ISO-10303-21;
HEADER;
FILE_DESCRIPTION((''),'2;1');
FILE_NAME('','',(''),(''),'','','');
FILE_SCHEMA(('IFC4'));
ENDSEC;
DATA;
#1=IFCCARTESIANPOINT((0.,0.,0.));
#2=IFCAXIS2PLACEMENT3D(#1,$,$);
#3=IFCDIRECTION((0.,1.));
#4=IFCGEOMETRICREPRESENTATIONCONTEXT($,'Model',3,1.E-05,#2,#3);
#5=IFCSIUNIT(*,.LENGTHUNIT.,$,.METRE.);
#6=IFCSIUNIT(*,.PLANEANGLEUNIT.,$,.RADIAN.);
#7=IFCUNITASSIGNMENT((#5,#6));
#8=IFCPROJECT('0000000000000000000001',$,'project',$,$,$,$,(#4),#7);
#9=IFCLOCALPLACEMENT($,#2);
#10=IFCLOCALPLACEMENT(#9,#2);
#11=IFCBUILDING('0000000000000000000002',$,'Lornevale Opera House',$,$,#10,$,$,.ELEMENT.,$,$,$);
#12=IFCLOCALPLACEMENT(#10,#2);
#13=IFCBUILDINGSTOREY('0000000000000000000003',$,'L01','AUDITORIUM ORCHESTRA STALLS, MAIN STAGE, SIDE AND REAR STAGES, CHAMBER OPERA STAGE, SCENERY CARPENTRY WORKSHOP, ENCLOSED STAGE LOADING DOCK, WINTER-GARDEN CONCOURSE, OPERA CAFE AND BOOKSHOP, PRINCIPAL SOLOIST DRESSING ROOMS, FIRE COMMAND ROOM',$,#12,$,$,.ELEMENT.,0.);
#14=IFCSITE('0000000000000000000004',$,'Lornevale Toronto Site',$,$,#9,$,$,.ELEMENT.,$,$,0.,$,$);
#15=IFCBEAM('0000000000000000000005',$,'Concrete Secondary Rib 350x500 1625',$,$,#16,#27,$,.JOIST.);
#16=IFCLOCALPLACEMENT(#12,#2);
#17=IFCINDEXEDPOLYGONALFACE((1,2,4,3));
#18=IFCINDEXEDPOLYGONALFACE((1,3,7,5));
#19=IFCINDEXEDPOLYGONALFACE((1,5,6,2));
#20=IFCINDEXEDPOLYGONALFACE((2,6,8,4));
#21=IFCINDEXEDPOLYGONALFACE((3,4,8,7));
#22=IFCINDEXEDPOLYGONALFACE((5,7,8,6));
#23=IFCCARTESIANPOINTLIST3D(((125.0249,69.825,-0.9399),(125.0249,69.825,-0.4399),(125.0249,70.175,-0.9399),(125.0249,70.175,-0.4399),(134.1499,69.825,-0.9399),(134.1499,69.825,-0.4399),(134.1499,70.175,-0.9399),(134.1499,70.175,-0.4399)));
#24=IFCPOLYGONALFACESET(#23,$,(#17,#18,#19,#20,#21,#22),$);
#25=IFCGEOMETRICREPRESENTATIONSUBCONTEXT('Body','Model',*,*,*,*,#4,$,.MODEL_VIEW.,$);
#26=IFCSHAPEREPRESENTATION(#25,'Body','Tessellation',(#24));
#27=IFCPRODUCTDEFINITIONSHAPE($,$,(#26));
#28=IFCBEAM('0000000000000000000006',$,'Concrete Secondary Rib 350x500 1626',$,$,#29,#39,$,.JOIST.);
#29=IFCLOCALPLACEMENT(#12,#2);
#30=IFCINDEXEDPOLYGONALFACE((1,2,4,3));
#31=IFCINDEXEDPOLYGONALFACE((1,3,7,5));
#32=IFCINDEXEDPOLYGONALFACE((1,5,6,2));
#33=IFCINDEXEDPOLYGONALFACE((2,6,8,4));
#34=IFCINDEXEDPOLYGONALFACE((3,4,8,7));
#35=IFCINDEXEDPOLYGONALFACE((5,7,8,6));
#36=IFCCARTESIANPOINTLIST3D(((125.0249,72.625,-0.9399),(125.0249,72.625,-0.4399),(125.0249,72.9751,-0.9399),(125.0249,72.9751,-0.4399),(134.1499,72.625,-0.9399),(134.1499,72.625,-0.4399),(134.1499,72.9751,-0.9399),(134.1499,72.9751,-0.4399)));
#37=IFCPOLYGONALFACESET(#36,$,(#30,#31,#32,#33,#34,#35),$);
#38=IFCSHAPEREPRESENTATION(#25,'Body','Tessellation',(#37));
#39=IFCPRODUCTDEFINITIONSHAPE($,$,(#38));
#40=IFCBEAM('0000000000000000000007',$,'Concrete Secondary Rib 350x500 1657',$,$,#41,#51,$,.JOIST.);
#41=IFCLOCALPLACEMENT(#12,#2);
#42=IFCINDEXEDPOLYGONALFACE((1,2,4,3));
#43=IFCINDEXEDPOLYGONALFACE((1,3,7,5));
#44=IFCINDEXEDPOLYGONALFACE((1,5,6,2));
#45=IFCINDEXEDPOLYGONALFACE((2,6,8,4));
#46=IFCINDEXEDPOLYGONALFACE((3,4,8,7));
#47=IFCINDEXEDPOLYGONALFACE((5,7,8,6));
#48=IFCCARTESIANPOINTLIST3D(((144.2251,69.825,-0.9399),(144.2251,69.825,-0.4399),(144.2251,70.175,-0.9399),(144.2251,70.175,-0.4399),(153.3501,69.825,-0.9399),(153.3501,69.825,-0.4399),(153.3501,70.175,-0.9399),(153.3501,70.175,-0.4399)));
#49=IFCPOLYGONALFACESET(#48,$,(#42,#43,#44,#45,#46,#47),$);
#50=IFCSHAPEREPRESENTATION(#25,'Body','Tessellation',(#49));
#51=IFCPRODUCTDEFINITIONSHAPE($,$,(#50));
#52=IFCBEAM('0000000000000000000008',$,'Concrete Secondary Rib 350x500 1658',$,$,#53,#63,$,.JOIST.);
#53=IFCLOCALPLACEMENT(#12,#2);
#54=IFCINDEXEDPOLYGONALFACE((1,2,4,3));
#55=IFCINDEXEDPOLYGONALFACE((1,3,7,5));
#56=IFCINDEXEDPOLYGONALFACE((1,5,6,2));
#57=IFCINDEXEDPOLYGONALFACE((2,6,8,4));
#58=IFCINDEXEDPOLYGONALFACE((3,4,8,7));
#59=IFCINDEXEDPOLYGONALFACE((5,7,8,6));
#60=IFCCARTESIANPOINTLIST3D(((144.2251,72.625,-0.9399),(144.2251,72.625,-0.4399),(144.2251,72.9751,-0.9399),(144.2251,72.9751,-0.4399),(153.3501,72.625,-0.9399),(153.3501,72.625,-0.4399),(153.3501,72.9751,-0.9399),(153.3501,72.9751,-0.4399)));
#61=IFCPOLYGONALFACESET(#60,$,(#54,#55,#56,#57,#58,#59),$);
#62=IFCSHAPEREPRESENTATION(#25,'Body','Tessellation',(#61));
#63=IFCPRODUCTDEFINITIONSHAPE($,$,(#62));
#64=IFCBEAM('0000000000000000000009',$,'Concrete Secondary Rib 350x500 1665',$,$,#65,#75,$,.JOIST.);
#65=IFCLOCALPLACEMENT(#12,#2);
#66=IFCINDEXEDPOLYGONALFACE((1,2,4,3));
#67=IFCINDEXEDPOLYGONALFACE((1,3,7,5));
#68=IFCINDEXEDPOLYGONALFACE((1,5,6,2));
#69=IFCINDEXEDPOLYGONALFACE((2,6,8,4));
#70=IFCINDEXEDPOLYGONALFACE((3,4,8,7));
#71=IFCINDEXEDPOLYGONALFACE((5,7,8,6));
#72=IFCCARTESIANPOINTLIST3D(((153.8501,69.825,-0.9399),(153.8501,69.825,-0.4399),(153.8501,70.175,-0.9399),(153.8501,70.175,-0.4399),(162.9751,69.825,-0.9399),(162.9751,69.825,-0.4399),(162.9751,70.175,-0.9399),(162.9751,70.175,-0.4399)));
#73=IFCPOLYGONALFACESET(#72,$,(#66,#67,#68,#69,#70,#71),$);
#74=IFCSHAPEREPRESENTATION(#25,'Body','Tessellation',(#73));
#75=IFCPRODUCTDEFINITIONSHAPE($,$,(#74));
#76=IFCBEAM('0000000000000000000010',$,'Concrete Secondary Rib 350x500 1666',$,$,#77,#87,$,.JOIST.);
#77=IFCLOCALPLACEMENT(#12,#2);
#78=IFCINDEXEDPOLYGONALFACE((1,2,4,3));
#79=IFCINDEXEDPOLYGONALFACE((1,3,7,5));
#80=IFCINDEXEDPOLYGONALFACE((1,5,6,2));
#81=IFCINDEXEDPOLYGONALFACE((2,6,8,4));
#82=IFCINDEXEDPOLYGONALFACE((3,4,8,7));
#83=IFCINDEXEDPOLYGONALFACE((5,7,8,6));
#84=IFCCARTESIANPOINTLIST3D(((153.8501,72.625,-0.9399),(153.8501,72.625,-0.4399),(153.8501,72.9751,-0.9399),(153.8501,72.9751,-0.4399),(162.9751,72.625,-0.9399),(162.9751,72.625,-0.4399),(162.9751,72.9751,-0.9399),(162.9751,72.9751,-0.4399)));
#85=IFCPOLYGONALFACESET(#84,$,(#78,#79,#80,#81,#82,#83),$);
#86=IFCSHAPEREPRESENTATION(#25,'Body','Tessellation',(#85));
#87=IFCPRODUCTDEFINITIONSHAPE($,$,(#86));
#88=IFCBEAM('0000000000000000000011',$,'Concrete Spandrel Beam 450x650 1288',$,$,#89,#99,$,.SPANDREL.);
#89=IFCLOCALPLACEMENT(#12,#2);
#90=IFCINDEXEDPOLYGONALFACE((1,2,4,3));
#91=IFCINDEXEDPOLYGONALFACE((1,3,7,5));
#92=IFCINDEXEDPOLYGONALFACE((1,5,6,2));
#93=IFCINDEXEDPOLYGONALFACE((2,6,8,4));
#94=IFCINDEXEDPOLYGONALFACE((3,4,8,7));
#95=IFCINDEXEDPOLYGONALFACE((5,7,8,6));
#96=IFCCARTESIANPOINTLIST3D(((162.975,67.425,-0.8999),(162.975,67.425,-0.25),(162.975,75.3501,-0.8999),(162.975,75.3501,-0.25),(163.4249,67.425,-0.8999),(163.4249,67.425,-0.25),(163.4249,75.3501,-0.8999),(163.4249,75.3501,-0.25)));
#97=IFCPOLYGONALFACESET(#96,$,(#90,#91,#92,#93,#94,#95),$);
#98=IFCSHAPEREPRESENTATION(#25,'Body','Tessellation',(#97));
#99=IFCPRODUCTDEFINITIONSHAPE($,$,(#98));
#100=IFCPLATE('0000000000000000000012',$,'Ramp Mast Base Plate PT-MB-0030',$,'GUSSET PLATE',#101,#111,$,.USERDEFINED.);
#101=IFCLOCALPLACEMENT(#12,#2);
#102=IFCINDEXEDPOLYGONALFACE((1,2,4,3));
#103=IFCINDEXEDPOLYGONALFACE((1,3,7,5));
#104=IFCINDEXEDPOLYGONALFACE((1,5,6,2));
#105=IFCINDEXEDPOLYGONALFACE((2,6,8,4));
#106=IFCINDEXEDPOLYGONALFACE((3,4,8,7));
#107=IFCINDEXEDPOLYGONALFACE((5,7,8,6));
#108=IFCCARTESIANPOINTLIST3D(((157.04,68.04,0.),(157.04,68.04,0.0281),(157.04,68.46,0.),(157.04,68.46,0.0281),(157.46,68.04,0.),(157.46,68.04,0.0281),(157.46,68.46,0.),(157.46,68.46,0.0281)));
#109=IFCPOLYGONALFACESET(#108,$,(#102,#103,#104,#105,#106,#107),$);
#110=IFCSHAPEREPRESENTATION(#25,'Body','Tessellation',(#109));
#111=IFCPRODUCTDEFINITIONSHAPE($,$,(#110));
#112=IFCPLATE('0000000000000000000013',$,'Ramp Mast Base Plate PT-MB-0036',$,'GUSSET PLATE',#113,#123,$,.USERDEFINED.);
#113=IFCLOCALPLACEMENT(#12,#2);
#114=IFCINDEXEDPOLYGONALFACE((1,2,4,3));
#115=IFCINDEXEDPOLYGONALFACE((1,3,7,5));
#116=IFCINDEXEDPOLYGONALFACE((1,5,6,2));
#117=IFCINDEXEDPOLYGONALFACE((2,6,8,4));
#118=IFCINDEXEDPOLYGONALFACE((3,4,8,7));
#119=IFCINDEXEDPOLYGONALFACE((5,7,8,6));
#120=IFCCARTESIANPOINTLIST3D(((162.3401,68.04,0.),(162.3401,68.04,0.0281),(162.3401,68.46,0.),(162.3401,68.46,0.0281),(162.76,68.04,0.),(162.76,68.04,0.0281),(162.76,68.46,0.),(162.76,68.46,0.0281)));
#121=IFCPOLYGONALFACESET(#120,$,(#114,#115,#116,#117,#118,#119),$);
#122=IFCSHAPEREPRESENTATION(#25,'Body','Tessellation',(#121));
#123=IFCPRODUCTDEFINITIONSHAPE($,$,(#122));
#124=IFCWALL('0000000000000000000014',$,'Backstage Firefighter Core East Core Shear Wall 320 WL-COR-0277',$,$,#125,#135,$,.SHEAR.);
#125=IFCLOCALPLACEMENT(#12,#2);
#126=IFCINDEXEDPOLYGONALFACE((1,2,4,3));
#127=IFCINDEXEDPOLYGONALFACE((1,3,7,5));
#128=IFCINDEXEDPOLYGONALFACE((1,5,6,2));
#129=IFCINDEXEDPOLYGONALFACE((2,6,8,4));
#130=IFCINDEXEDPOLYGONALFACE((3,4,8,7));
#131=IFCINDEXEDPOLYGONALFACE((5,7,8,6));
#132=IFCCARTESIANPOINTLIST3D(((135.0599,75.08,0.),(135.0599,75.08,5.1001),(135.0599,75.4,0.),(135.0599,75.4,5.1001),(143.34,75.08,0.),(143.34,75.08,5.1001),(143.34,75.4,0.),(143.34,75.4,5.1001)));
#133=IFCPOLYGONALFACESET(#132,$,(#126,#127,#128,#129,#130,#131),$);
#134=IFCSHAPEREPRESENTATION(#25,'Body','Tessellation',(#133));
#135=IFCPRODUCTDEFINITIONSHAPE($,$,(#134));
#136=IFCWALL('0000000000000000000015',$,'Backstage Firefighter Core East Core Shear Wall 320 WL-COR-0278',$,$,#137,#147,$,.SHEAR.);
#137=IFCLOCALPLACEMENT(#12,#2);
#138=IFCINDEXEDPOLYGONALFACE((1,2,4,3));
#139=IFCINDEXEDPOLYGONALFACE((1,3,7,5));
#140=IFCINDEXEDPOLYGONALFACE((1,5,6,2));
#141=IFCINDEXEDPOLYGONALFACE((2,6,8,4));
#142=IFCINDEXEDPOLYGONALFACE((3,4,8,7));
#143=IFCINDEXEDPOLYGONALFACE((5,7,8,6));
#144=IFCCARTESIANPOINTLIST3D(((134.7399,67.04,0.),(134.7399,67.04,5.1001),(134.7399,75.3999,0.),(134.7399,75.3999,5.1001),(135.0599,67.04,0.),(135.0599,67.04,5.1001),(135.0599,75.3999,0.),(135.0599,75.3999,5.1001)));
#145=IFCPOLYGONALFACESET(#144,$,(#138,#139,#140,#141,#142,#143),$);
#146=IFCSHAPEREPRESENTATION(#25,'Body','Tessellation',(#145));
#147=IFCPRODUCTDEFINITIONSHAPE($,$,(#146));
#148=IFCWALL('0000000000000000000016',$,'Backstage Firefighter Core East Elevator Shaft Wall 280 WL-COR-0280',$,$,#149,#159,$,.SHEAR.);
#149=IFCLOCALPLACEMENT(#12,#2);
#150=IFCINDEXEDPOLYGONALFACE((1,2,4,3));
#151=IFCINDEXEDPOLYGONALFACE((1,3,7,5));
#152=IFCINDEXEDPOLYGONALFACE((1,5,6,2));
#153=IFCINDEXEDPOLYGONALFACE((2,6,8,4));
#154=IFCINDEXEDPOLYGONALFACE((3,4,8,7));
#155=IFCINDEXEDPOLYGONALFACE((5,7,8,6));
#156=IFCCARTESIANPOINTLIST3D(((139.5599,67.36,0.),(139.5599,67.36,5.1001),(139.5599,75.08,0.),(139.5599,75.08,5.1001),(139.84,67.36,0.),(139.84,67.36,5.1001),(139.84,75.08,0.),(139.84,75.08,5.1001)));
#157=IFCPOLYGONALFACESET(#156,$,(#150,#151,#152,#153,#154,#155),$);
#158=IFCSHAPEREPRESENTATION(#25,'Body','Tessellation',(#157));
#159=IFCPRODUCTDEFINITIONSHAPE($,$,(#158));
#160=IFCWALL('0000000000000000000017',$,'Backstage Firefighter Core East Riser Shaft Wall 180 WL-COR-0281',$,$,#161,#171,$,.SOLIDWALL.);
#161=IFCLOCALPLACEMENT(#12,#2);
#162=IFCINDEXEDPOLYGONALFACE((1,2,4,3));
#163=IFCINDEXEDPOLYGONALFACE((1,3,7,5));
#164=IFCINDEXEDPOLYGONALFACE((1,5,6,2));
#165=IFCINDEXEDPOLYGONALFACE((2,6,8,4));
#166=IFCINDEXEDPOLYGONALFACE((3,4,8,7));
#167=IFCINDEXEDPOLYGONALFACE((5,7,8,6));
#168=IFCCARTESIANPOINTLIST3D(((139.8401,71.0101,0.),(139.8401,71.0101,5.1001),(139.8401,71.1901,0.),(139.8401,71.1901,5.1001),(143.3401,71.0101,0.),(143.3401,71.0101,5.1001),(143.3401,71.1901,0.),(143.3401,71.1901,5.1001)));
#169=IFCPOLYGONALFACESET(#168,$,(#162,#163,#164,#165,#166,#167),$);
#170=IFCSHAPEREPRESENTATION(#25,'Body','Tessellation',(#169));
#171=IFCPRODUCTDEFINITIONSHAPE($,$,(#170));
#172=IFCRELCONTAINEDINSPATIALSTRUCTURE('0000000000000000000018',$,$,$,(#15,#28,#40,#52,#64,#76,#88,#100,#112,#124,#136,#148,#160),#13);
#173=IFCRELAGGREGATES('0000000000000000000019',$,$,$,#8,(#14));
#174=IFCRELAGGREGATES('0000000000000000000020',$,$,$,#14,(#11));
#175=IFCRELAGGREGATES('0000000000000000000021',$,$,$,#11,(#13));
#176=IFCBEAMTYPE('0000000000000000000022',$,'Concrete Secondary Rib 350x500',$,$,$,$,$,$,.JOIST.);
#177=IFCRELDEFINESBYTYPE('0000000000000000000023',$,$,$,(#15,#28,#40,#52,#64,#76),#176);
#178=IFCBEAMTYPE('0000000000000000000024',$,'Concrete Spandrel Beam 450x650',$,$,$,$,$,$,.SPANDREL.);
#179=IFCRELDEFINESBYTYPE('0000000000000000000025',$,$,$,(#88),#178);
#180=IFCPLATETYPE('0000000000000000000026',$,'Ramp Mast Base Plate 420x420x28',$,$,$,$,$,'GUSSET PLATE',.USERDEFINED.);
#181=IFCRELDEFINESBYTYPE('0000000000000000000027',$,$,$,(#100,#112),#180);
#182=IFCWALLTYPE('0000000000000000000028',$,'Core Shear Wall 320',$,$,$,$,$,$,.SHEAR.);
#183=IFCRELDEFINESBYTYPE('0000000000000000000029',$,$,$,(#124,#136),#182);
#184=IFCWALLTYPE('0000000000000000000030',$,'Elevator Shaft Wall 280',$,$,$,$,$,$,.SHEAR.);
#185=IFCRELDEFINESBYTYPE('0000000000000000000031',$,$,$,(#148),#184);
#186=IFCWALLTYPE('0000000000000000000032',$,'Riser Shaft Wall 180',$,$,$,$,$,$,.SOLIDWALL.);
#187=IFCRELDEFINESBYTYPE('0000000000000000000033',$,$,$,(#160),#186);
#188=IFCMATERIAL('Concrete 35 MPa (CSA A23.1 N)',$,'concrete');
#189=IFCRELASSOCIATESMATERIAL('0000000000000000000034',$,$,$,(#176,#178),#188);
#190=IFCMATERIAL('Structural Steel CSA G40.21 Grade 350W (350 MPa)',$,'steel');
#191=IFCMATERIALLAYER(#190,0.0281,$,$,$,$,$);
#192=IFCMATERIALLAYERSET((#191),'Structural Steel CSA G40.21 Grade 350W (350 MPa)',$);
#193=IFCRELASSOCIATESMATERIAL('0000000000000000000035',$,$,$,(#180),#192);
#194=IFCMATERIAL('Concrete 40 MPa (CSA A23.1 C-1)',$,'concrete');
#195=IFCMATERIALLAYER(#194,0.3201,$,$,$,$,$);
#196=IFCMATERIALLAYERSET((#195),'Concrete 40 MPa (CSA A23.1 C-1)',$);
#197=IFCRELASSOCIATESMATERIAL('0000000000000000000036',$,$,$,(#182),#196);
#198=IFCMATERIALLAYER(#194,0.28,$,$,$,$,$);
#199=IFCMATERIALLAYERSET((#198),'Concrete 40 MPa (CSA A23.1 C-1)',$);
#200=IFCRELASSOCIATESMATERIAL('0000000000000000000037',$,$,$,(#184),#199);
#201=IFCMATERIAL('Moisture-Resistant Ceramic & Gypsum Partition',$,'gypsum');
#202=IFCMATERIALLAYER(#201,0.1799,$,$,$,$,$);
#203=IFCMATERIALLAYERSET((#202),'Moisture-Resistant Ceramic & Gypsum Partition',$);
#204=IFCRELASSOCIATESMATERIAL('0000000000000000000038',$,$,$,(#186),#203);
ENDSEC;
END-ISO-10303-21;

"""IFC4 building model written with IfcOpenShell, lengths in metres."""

from ifc_helpers import new_model, si_unit, direction, frame, frame_2d, origin, origin_2d, place, context, subcontext, project, spatial, rectangle, extrude, material, layer, layer_set, material_profile, profile_set, type_object, element, save


model = new_model("IFC4")

# Units and contexts
model_context = context("Model", 3, precision=1e-05, world=origin(), true_north=direction((0.0, 1.0)))
body_context = subcontext(model_context, "Body", "Model", "MODEL_VIEW")
ifc_project = project(units=[si_unit("LENGTHUNIT", "METRE"), si_unit("PLANEANGLEUNIT", "RADIAN")], contexts=[model_context])

# Site, building, storey
site_placement = place(None, origin())
site = spatial("IfcSite", under=ifc_project, at=site_placement, Name="Lornevale Toronto Site", CompositionType="ELEMENT", RefElevation=0.0)
building_placement = place(site_placement, origin())
building = spatial("IfcBuilding", under=site, at=building_placement, Name="Lornevale Opera House", CompositionType="ELEMENT")
storey_placement = place(building_placement, origin())
storey = spatial("IfcBuildingStorey", under=building, at=storey_placement, Name="L01", Description="AUDITORIUM ORCHESTRA STALLS, MAIN STAGE, SIDE AND REAR STAGES, CHAMBER OPERA STAGE, SCENERY CARPENTRY WORKSHOP, ENCLOSED STAGE LOADING DOCK, WINTER-GARDEN CONCOURSE, OPERA CAFE AND BOOKSHOP, PRINCIPAL SOLOIST DRESSING ROOMS, FIRE COMMAND ROOM", CompositionType="ELEMENT", Elevation=0.0)

# Shared definitions
ifc_material_1 = material(Name="Concrete 40 MPa (CSA A23.1 C-1)", Category="concrete")
ifc_material_2 = material(Name="Structural Steel CSA G40.21 Grade 350W (350 MPa)", Category="steel")

# Beams
ifc_material_3 = material(Name="Concrete 35 MPa (CSA A23.1 N)", Category="concrete")
ifc_material_profile_1 = material_profile(ifc_material_3, rectangle(XDim=0.3501, YDim=0.5, at=origin_2d()), Name="RC350x500")
ifc_profile_set_1 = profile_set([ifc_material_profile_1], Name="Concrete 35 MPa (CSA A23.1 N)")
beam_type_1 = type_object("IfcBeamType", Name="Concrete Secondary Rib 350x500", PredefinedType="JOIST", material=ifc_profile_set_1)
for number, where, z_axis, x_axis, name in (
    (1, (125.0249, 70.0, -0.6899), (1.0, 0.0, 0.0), (0.0, 1.0, 0.0), "Concrete Secondary Rib 350x500 1625"),
    (2, (125.0249, 72.8, -0.6899), (1.0, 0.0, 0.0), (0.0, 1.0, 0.0), "Concrete Secondary Rib 350x500 1626"),
    (3, (144.2251, 70.0, -0.6899), (1.0, 0.0, 0.0), (0.0, 1.0, 0.0), "Concrete Secondary Rib 350x500 1657"),
    (4, (144.2251, 72.8, -0.6899), (1.0, 0.0, 0.0), (0.0, 1.0, 0.0), "Concrete Secondary Rib 350x500 1658"),
    (5, (153.8501, 70.0, -0.6899), (1.0, 0.0, 0.0), (0.0, 1.0, 0.0), "Concrete Secondary Rib 350x500 1665"),
    (6, (153.8501, 72.8, -0.6899), (1.0, 0.0, 0.0), (0.0, 1.0, 0.0), "Concrete Secondary Rib 350x500 1666"),
):
    element("IfcBeam", number, at=place(storey_placement, frame(where, z_axis=z_axis, x_axis=x_axis)), inside=storey, type_object=beam_type_1, Name=name, PredefinedType="JOIST", context=body_context, shape_type="SweptSolid", body=[
        extrude(rectangle(XDim=0.3501, YDim=0.5, at=origin_2d()), origin(), (0.0, 0.0, 1.0), 9.125),
    ])
ifc_material_profile_2 = material_profile(ifc_material_3, rectangle(XDim=0.45, YDim=0.6499, at=origin_2d()), Name="RC450x650")
ifc_profile_set_2 = profile_set([ifc_material_profile_2], Name="Concrete 35 MPa (CSA A23.1 N)")
beam_type_2 = type_object("IfcBeamType", Name="Concrete Spandrel Beam 450x650", PredefinedType="SPANDREL", material=ifc_profile_set_2)
beam_1_placement = place(storey_placement, frame((163.2, 67.425, -0.575), z_axis=(0.0, 1.0, 0.0), x_axis=(-1.0, 0.0, 0.0)))
element("IfcBeam", 7, at=beam_1_placement, inside=storey, type_object=beam_type_2, Name="Concrete Spandrel Beam 450x650 1288", PredefinedType="SPANDREL", context=body_context, shape_type="SweptSolid", body=[
    extrude(rectangle(XDim=0.45, YDim=0.6499, at=origin_2d()), origin(), (0.0, 0.0, 1.0), 7.925),
])

# Plates
ifc_layer_1 = layer(ifc_material_2, 0.0281)
ifc_layer_set_1 = layer_set([ifc_layer_1], Name="Structural Steel CSA G40.21 Grade 350W (350 MPa)")
plate_type = type_object("IfcPlateType", Name="Ramp Mast Base Plate 420x420x28", ElementType="GUSSET PLATE", PredefinedType="USERDEFINED", material=ifc_layer_set_1)
for number, where, z_axis, x_axis, name in (
    (8, (157.25, 68.25, 0.0), (0.0, 0.0, 1.0), (1.0, 0.0, 0.0), "Ramp Mast Base Plate PT-MB-0030"),
    (9, (162.55, 68.25, 0.0), (0.0, 0.0, 1.0), (1.0, 0.0, 0.0), "Ramp Mast Base Plate PT-MB-0036"),
):
    element("IfcPlate", number, at=place(storey_placement, frame(where, z_axis=z_axis, x_axis=x_axis)), inside=storey, type_object=plate_type, Name=name, ObjectType="GUSSET PLATE", PredefinedType="USERDEFINED", context=body_context, shape_type="SweptSolid", body=[
        extrude(rectangle(XDim=0.4199, YDim=0.4199, at=origin_2d()), origin(), (0.0, 0.0, 1.0), 0.0281),
    ])

# Walls
ifc_layer_2 = layer(ifc_material_1, 0.3201)
ifc_layer_set_2 = layer_set([ifc_layer_2], Name="Concrete 40 MPa (CSA A23.1 C-1)")
wall_type_1 = type_object("IfcWallType", Name="Core Shear Wall 320", PredefinedType="SHEAR", material=ifc_layer_set_2)
wall_1_placement = place(storey_placement, frame((143.3401, 75.24, 0.0), z_axis=(0.0, 0.0, 1.0), x_axis=(-1.0, 0.0, 0.0)))
element("IfcWall", 10, at=wall_1_placement, inside=storey, type_object=wall_type_1, Name="Backstage Firefighter Core East Core Shear Wall 320 WL-COR-0277", PredefinedType="SHEAR", context=body_context, shape_type="SweptSolid", body=[
    extrude(rectangle(XDim=8.28, YDim=0.3201, at=frame_2d((4.1401, 0.0))), origin(), (0.0, 0.0, 1.0), 5.1001),
])
wall_2_placement = place(storey_placement, frame((134.8999, 75.3999, 0.0), z_axis=(0.0, 0.0, 1.0), x_axis=(0.0, -1.0, 0.0)))
element("IfcWall", 11, at=wall_2_placement, inside=storey, type_object=wall_type_1, Name="Backstage Firefighter Core East Core Shear Wall 320 WL-COR-0278", PredefinedType="SHEAR", context=body_context, shape_type="SweptSolid", body=[
    extrude(rectangle(XDim=8.3599, YDim=0.3201, at=frame_2d((4.1799, 0.0))), origin(), (0.0, 0.0, 1.0), 5.1001),
])
ifc_layer_3 = layer(ifc_material_1, 0.28)
ifc_layer_set_3 = layer_set([ifc_layer_3], Name="Concrete 40 MPa (CSA A23.1 C-1)")
wall_type_2 = type_object("IfcWallType", Name="Elevator Shaft Wall 280", PredefinedType="SHEAR", material=ifc_layer_set_3)
wall_3_placement = place(storey_placement, frame((139.7, 67.3601, 0.0), z_axis=(0.0, 0.0, 1.0), x_axis=(0.0, 1.0, 0.0)))
element("IfcWall", 12, at=wall_3_placement, inside=storey, type_object=wall_type_2, Name="Backstage Firefighter Core East Elevator Shaft Wall 280 WL-COR-0280", PredefinedType="SHEAR", context=body_context, shape_type="SweptSolid", body=[
    extrude(rectangle(XDim=7.72, YDim=0.28, at=frame_2d((3.8599, 0.0))), origin(), (0.0, 0.0, 1.0), 5.1001),
])
ifc_material_4 = material(Name="Moisture-Resistant Ceramic & Gypsum Partition", Category="gypsum")
ifc_layer_4 = layer(ifc_material_4, 0.1799)
ifc_layer_set_4 = layer_set([ifc_layer_4], Name="Moisture-Resistant Ceramic & Gypsum Partition")
wall_type_3 = type_object("IfcWallType", Name="Riser Shaft Wall 180", PredefinedType="SOLIDWALL", material=ifc_layer_set_4)
wall_4_placement = place(storey_placement, frame((139.8401, 71.1001, 0.0), z_axis=(0.0, 0.0, 1.0), x_axis=(1.0, 0.0, 0.0)))
element("IfcWall", 13, at=wall_4_placement, inside=storey, type_object=wall_type_3, Name="Backstage Firefighter Core East Riser Shaft Wall 180 WL-COR-0281", PredefinedType="SOLIDWALL", context=body_context, shape_type="SweptSolid", body=[
    extrude(rectangle(XDim=3.5, YDim=0.1799, at=frame_2d((1.75, 0.0))), origin(), (0.0, 0.0, 1.0), 5.1001),
])

save(model, "model.ifc")
